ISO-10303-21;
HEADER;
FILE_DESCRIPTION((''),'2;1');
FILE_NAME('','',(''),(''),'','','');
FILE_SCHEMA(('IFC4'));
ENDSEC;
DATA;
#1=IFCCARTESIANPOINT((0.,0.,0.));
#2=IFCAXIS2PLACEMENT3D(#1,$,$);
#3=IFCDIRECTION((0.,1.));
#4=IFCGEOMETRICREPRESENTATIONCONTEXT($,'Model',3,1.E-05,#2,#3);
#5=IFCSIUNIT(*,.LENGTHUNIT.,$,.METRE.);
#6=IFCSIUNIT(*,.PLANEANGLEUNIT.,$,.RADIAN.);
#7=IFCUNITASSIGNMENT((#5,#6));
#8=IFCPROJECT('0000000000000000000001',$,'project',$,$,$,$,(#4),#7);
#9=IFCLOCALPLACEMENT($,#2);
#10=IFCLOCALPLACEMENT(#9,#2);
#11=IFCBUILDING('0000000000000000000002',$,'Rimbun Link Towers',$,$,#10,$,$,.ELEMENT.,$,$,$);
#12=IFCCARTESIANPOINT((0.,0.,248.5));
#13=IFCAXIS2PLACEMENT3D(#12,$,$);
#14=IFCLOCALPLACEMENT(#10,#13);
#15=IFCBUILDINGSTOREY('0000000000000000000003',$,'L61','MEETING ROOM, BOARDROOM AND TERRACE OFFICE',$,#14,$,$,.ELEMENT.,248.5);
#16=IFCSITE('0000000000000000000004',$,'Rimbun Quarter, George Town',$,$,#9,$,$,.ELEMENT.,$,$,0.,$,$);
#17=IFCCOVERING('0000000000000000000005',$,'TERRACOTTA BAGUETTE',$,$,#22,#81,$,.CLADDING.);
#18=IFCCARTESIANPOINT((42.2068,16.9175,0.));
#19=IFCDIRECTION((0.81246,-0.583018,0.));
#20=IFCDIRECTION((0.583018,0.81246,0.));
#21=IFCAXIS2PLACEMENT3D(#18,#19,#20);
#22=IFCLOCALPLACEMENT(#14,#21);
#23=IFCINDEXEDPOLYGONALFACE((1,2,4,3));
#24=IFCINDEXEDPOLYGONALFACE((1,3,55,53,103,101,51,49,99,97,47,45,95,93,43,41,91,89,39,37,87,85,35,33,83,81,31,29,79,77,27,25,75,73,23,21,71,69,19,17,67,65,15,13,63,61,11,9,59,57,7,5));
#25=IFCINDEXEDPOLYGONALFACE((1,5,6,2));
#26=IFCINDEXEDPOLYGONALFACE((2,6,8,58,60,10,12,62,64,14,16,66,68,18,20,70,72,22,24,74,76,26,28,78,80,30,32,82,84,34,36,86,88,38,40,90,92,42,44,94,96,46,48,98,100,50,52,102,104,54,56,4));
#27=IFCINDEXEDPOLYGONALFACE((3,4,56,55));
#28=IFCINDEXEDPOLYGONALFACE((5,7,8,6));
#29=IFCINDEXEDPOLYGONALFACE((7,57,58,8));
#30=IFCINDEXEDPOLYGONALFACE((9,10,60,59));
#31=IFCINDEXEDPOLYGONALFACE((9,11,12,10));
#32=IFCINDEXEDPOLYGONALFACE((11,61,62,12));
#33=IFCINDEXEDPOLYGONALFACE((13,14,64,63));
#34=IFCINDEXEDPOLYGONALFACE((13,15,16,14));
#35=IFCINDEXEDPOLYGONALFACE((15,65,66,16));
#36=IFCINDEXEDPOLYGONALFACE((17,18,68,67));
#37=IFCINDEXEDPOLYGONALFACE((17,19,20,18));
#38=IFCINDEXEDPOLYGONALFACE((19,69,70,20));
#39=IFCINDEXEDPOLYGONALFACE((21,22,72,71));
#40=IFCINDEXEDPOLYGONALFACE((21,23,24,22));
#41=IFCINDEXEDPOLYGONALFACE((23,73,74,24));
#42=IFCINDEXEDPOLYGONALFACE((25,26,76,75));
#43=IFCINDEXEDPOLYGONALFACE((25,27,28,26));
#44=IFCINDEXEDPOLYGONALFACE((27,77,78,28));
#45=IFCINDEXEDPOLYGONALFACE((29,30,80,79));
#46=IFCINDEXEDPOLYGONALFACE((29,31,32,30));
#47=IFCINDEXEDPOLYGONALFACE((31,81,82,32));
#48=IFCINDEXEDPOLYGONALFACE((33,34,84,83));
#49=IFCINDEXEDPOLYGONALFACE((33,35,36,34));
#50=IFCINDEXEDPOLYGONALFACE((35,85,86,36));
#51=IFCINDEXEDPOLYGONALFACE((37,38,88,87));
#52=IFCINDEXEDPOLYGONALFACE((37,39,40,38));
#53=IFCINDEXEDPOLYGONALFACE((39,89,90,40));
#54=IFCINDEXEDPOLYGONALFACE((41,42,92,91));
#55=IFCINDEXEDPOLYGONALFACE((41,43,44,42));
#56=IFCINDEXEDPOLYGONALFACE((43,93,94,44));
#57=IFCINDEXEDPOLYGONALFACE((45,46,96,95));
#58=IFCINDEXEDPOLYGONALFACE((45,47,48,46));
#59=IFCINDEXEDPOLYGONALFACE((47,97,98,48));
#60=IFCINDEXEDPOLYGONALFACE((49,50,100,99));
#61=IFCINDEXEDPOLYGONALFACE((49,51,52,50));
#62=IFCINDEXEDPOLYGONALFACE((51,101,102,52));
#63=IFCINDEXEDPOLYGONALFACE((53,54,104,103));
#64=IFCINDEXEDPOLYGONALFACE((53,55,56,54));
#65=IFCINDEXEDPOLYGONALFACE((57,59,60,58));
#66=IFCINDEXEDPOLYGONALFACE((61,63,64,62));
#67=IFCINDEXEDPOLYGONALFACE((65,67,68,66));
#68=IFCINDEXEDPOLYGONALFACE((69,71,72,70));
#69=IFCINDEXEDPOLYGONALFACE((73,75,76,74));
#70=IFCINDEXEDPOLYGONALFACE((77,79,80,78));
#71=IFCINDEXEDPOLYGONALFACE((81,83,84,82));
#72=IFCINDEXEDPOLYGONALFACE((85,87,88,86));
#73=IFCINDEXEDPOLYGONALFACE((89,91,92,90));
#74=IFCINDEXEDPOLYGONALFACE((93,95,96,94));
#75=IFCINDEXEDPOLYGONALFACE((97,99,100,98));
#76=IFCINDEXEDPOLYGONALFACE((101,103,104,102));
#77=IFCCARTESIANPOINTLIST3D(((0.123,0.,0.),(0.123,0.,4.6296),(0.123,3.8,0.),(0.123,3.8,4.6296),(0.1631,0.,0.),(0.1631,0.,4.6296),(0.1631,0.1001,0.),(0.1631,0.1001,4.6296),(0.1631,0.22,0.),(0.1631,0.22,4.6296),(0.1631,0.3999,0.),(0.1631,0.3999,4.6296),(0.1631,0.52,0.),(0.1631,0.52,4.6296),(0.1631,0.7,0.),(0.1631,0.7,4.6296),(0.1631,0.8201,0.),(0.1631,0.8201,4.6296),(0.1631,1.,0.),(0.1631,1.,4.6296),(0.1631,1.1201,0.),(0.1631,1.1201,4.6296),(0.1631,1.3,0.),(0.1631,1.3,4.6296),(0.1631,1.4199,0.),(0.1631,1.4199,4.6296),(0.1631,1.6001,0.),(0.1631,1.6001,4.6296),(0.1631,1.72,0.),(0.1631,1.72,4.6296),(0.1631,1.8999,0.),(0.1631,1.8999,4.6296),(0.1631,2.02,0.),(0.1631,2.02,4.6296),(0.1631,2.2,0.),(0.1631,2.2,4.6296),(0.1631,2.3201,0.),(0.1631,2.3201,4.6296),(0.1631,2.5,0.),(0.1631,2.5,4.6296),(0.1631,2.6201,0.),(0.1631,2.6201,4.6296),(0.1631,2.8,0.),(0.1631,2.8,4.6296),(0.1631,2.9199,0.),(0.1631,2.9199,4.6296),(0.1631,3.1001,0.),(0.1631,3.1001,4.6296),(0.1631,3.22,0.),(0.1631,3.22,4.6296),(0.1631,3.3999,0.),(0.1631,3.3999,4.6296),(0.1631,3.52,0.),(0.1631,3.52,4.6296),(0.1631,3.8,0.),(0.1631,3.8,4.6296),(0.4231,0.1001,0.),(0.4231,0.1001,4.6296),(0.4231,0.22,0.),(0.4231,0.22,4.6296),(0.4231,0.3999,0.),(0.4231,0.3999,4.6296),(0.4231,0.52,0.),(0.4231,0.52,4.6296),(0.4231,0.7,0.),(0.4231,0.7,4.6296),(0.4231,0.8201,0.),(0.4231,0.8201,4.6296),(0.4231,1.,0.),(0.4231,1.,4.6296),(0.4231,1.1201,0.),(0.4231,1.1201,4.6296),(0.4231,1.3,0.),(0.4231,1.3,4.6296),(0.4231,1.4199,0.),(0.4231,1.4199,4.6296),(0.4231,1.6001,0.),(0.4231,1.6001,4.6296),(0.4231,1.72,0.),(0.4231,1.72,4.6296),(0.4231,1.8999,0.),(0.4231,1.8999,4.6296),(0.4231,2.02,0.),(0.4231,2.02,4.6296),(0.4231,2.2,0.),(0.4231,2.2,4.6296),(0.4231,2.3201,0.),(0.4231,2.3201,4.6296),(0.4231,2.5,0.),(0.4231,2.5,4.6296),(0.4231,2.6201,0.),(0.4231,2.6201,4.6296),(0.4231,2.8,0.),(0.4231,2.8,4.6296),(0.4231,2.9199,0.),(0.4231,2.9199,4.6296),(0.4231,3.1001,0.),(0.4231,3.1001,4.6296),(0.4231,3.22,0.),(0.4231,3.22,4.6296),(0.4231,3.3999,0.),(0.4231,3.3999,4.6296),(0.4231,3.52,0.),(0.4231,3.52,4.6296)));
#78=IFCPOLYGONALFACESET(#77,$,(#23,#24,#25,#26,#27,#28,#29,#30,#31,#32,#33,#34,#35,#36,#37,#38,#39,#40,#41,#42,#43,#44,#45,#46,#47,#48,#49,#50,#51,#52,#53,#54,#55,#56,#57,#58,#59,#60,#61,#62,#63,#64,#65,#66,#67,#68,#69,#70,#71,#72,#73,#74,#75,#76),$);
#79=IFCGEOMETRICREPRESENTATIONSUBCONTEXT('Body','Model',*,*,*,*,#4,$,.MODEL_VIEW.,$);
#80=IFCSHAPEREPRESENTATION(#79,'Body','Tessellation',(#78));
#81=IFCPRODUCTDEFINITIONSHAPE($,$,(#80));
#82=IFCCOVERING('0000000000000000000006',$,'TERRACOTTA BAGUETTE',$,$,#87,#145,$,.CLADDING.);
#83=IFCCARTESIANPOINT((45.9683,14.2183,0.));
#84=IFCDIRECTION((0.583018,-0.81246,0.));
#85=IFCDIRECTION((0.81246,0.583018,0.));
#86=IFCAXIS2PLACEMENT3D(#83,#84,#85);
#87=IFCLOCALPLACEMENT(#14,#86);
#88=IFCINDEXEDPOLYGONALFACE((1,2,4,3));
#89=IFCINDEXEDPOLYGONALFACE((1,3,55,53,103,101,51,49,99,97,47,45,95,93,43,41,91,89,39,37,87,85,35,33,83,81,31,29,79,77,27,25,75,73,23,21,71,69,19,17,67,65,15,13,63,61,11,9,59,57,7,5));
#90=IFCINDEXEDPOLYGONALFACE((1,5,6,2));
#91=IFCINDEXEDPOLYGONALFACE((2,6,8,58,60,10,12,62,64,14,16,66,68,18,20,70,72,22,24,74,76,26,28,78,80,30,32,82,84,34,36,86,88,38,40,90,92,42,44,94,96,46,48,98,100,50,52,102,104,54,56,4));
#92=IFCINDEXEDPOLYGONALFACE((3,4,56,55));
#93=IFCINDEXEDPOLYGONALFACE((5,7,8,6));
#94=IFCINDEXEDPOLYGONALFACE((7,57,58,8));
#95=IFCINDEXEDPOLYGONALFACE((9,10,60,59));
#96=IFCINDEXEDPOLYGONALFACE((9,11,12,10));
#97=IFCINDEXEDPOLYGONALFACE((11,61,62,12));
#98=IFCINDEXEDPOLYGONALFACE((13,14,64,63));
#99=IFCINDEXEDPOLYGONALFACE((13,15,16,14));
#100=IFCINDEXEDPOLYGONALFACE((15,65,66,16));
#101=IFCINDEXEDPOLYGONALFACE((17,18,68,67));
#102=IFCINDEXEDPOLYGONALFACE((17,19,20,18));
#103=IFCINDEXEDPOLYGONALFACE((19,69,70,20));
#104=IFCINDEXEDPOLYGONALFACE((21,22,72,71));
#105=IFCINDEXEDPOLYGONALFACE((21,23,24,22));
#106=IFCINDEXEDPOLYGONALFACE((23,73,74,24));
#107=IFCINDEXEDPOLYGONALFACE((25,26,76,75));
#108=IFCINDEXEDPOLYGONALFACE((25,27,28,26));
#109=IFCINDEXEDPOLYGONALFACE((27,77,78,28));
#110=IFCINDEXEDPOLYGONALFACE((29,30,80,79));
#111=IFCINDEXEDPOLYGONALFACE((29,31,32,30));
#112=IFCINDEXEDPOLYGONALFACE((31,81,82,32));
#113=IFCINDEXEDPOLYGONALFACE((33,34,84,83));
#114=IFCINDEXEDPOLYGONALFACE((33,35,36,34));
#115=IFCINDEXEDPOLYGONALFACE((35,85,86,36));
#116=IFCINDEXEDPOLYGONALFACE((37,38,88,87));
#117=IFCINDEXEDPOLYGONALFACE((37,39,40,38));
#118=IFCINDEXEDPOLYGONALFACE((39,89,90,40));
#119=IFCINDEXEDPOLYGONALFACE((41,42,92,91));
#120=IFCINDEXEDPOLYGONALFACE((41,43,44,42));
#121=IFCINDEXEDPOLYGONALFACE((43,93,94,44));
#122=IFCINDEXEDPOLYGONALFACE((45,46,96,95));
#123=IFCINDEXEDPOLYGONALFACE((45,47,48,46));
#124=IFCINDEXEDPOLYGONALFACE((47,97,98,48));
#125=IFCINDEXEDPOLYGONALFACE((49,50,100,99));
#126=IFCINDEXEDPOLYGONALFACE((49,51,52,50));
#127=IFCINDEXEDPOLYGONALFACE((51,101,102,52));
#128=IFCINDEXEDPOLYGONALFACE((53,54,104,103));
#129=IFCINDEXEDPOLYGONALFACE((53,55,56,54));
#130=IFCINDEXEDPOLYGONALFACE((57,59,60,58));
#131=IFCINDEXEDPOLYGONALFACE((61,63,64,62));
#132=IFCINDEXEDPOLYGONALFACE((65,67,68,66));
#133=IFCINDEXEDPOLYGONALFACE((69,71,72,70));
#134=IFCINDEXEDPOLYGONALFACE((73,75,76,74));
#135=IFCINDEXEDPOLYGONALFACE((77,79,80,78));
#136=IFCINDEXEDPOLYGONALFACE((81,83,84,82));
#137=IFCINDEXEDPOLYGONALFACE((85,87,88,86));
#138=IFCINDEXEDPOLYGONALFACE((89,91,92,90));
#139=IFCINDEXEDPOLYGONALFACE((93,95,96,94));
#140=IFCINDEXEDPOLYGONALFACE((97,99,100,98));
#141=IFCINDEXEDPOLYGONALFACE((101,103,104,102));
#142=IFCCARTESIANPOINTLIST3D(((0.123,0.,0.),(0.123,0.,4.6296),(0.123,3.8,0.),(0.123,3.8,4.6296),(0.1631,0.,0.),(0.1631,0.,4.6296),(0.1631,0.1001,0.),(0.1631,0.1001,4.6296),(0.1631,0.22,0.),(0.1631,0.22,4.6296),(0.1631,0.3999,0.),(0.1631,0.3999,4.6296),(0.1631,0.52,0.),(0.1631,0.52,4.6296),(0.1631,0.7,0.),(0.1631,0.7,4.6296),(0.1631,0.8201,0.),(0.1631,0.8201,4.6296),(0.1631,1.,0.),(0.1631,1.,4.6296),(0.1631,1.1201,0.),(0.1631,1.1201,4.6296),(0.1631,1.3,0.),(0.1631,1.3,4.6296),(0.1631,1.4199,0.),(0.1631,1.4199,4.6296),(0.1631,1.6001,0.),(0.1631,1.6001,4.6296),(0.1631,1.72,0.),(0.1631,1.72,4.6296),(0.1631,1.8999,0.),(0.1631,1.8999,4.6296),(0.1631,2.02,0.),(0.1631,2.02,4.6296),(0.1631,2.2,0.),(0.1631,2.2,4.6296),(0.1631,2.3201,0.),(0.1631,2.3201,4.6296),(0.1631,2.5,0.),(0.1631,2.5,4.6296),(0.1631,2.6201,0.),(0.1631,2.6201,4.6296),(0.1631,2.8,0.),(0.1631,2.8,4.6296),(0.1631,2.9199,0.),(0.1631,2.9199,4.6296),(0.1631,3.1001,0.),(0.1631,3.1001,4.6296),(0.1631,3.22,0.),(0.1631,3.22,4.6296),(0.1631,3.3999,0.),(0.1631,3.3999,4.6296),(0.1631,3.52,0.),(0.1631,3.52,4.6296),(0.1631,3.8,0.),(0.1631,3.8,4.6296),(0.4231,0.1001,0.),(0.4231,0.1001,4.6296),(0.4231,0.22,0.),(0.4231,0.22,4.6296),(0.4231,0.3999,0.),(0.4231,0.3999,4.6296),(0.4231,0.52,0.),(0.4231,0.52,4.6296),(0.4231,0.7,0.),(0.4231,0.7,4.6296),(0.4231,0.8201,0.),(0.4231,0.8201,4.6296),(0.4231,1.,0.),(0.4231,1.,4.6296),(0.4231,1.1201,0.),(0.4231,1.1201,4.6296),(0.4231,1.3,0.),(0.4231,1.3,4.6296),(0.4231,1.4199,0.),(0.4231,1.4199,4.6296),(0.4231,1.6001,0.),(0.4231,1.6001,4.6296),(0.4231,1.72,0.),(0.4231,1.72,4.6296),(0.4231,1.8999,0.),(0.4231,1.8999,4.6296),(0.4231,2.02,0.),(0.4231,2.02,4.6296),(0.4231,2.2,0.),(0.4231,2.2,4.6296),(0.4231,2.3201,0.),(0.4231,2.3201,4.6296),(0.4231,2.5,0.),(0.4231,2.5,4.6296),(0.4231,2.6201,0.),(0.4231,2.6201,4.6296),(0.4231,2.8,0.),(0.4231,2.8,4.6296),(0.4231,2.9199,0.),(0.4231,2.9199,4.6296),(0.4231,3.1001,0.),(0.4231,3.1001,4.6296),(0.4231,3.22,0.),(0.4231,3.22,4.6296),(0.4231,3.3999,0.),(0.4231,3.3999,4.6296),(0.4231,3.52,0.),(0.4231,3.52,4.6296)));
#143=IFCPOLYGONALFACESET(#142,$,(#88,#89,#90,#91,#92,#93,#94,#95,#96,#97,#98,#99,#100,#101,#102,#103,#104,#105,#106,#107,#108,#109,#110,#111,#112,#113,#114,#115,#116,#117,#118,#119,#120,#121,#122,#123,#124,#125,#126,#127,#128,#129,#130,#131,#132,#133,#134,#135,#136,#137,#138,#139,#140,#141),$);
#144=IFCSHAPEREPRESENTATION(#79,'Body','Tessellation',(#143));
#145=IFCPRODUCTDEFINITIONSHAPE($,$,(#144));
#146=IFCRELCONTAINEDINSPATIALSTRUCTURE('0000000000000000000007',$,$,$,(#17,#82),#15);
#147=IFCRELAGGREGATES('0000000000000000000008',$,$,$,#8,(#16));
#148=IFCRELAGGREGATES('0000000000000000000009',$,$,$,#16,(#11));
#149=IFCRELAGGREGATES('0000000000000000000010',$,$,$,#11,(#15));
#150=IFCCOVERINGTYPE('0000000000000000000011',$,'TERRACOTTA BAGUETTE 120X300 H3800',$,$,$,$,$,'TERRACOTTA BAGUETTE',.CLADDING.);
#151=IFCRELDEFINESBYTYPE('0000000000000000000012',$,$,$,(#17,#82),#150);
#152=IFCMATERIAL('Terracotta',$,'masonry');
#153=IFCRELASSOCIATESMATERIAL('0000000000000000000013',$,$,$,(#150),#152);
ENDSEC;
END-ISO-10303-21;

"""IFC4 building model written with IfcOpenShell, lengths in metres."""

from ifc_helpers import new_model, si_unit, direction, frame, origin, place, context, subcontext, project, spatial, polyline, outline, extrude, material, material_profile, profile_set, type_object, element, save


model = new_model("IFC4")

# Units and contexts
model_context = context("Model", 3, precision=1e-05, world=origin(), true_north=direction((0.0, 1.0)))
body_context = subcontext(model_context, "Body", "Model", "MODEL_VIEW")
ifc_project = project(units=[si_unit("LENGTHUNIT", "METRE"), si_unit("PLANEANGLEUNIT", "RADIAN")], contexts=[model_context])

# Site, building, storey
site_placement = place(None, origin())
site = spatial("IfcSite", under=ifc_project, at=site_placement, Name="Rimbun Quarter, George Town", CompositionType="ELEMENT", RefElevation=0.0)
building_placement = place(site_placement, origin())
building = spatial("IfcBuilding", under=site, at=building_placement, Name="Rimbun Link Towers", CompositionType="ELEMENT")
storey_placement = place(building_placement, frame((0.0, 0.0, 248.5)))
storey = spatial("IfcBuildingStorey", under=building, at=storey_placement, Name="L61", Description="MEETING ROOM, BOARDROOM AND TERRACE OFFICE", CompositionType="ELEMENT", Elevation=248.5)

# Coverings
ifc_material_1 = material(Name="Terracotta", Category="masonry")
ifc_material_profile_1 = material_profile(ifc_material_1, outline(polyline([(0.123, 0.0), (0.1631, 0.0), (0.1631, 0.1001), (0.4231, 0.1001), (0.4231, 0.22), (0.1631, 0.22), (0.1631, 0.3999), (0.4231, 0.3999), (0.4231, 0.52), (0.1631, 0.52), (0.1631, 0.7), (0.4231, 0.7), (0.4231, 0.8201), (0.1631, 0.8201), (0.1631, 1.0), (0.4231, 1.0), (0.4231, 1.1201), (0.1631, 1.1201), (0.1631, 1.3), (0.4231, 1.3), (0.4231, 1.4199), (0.1631, 1.4199), (0.1631, 1.6001), (0.4231, 1.6001), (0.4231, 1.72), (0.1631, 1.72), (0.1631, 1.8999), (0.4231, 1.8999), (0.4231, 2.02), (0.1631, 2.02), (0.1631, 2.2), (0.4231, 2.2), (0.4231, 2.3201), (0.1631, 2.3201), (0.1631, 2.5), (0.4231, 2.5), (0.4231, 2.6201), (0.1631, 2.6201), (0.1631, 2.8), (0.4231, 2.8), (0.4231, 2.9199), (0.1631, 2.9199), (0.1631, 3.1001), (0.4231, 3.1001), (0.4231, 3.22), (0.1631, 3.22), (0.1631, 3.3999), (0.4231, 3.3999), (0.4231, 3.52), (0.1631, 3.52), (0.1631, 3.8), (0.123, 3.8), (0.123, 0.0)])), Name="BAGUETTE 120X300")
ifc_profile_set_1 = profile_set([ifc_material_profile_1], Name="Terracotta")
covering_type = type_object("IfcCoveringType", Name="TERRACOTTA BAGUETTE 120X300 H3800", ElementType="TERRACOTTA BAGUETTE", PredefinedType="CLADDING", material=ifc_profile_set_1)
for number, where, z_axis, x_axis, name in (
    (1, (42.2068, 16.9175, 0.0), (0.81246, -0.583018, 0.0), (0.583018, 0.81246, 0.0), "TERRACOTTA BAGUETTE"),
    (2, (45.9683, 14.2183, 0.0), (0.583018, -0.81246, 0.0), (0.81246, 0.583018, 0.0), "TERRACOTTA BAGUETTE"),
):
    element("IfcCovering", number, at=place(storey_placement, frame(where, z_axis=z_axis, x_axis=x_axis)), inside=storey, type_object=covering_type, Name=name, PredefinedType="CLADDING", context=body_context, shape_type="SweptSolid", body=[
        extrude(outline(polyline([(0.123, 0.0), (0.1631, 0.0), (0.1631, 0.1001), (0.4231, 0.1001), (0.4231, 0.22), (0.1631, 0.22), (0.1631, 0.3999), (0.4231, 0.3999), (0.4231, 0.52), (0.1631, 0.52), (0.1631, 0.7), (0.4231, 0.7), (0.4231, 0.8201), (0.1631, 0.8201), (0.1631, 1.0), (0.4231, 1.0), (0.4231, 1.1201), (0.1631, 1.1201), (0.1631, 1.3), (0.4231, 1.3), (0.4231, 1.4199), (0.1631, 1.4199), (0.1631, 1.6001), (0.4231, 1.6001), (0.4231, 1.72), (0.1631, 1.72), (0.1631, 1.8999), (0.4231, 1.8999), (0.4231, 2.02), (0.1631, 2.02), (0.1631, 2.2), (0.4231, 2.2), (0.4231, 2.3201), (0.1631, 2.3201), (0.1631, 2.5), (0.4231, 2.5), (0.4231, 2.6201), (0.1631, 2.6201), (0.1631, 2.8), (0.4231, 2.8), (0.4231, 2.9199), (0.1631, 2.9199), (0.1631, 3.1001), (0.4231, 3.1001), (0.4231, 3.22), (0.1631, 3.22), (0.1631, 3.3999), (0.4231, 3.3999), (0.4231, 3.52), (0.1631, 3.52), (0.1631, 3.8), (0.123, 3.8), (0.123, 0.0)])), origin(), (0.0, 0.0, 1.0), 4.6296),
    ])

save(model, "model.ifc")
